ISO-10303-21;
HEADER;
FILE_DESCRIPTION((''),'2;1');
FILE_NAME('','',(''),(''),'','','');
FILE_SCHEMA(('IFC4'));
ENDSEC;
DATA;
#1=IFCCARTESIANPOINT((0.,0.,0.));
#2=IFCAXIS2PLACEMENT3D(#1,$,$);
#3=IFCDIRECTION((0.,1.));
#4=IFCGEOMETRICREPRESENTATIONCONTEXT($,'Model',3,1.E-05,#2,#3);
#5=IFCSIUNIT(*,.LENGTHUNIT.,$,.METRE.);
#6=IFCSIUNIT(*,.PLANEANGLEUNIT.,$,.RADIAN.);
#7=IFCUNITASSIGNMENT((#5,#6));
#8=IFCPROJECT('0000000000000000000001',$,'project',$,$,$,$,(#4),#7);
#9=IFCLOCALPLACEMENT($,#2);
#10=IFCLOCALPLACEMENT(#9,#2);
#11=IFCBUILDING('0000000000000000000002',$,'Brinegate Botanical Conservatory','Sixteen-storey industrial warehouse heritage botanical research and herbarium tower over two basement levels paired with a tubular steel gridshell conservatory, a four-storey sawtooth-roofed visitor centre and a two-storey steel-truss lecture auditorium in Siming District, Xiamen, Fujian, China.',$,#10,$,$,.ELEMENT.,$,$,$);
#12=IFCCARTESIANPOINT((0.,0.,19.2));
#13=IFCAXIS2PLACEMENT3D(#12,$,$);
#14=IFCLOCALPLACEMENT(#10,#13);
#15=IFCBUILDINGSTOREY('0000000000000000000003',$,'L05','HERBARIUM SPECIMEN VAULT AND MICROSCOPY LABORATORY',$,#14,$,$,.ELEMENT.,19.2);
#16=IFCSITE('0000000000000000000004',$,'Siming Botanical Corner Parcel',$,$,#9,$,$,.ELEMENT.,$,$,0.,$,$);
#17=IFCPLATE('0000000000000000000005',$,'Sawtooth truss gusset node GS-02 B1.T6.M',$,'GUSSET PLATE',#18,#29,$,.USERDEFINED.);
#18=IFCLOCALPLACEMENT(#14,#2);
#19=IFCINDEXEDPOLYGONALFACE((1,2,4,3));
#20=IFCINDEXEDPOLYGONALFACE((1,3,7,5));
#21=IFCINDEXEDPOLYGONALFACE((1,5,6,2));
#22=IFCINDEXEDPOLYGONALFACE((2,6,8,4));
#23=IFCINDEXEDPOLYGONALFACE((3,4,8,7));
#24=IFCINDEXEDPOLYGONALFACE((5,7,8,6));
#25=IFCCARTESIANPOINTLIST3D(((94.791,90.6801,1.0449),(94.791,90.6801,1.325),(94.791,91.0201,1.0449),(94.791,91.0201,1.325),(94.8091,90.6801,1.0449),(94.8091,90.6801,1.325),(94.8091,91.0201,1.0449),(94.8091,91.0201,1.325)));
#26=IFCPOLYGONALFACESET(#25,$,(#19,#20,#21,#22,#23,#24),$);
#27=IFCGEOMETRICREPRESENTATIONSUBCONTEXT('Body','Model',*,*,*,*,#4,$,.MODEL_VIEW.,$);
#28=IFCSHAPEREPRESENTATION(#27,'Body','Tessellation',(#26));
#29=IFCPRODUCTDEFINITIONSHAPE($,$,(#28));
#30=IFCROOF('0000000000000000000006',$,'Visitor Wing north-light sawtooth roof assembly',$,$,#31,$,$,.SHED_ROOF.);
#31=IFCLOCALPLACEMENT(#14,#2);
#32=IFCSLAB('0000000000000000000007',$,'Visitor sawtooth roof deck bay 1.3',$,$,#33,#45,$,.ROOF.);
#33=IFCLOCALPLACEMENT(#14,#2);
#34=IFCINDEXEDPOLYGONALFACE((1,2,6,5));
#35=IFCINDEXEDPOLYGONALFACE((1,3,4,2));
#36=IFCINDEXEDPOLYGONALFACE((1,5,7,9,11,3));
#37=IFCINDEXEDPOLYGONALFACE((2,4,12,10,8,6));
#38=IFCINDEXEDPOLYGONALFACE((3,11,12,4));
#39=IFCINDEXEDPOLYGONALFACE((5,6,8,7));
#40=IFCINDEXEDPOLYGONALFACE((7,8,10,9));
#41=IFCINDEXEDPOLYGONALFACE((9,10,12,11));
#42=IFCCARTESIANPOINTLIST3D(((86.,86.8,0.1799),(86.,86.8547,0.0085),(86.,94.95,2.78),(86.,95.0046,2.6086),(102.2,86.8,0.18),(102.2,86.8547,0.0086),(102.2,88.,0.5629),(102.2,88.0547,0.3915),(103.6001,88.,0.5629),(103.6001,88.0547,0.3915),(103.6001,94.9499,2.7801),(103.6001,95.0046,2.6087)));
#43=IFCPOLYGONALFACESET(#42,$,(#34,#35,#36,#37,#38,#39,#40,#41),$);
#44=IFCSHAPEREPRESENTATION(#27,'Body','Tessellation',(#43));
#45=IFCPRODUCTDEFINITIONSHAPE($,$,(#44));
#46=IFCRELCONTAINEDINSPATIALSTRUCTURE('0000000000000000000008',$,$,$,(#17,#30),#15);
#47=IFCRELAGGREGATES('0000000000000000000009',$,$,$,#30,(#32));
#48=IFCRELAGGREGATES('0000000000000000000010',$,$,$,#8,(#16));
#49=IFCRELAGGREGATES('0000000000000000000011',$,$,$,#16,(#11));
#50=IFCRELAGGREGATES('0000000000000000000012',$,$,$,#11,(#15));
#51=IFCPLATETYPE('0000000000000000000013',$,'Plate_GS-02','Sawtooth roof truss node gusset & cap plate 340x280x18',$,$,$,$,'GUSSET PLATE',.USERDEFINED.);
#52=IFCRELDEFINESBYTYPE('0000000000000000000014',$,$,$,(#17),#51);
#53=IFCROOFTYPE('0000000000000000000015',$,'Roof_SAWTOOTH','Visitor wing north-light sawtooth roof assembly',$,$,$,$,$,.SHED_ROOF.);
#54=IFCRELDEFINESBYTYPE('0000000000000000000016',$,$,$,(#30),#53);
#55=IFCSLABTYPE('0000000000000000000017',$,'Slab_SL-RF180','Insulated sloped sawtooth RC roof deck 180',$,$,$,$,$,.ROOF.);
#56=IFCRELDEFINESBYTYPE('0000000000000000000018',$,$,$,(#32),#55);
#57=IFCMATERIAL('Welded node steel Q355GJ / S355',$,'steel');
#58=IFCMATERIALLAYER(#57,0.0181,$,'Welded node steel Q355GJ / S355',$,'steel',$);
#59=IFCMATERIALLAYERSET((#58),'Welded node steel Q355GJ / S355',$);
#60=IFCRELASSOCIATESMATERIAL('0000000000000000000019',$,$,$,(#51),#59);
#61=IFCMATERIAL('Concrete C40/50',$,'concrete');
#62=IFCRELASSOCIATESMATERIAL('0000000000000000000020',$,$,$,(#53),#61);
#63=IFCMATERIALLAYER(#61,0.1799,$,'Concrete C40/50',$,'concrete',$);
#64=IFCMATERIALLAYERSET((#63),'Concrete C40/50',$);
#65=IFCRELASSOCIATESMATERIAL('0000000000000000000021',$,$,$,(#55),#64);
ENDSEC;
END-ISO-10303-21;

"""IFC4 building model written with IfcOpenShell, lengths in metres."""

from ifc_helpers import new_model, si_unit, direction, frame, origin, origin_2d, place, context, subcontext, project, spatial, polyline, rectangle, outline, extrude, material, layer, layer_set, type_object, element, aggregate, save


model = new_model("IFC4")

# Units and contexts
model_context = context("Model", 3, precision=1e-05, world=origin(), true_north=direction((0.0, 1.0)))
body_context = subcontext(model_context, "Body", "Model", "MODEL_VIEW")
ifc_project = project(units=[si_unit("LENGTHUNIT", "METRE"), si_unit("PLANEANGLEUNIT", "RADIAN")], contexts=[model_context])

# Site, building, storey
site_placement = place(None, origin())
site = spatial("IfcSite", under=ifc_project, at=site_placement, Name="Siming Botanical Corner Parcel", CompositionType="ELEMENT", RefElevation=0.0)
building_placement = place(site_placement, origin())
building = spatial("IfcBuilding", under=site, at=building_placement, Name="Brinegate Botanical Conservatory", Description="Sixteen-storey industrial warehouse heritage botanical research and herbarium tower over two basement levels paired with a tubular steel gridshell conservatory, a four-storey sawtooth-roofed visitor centre and a two-storey steel-truss lecture auditorium in Siming District, Xiamen, Fujian, China.", CompositionType="ELEMENT")
storey_placement = place(building_placement, frame((0.0, 0.0, 19.2)))
storey = spatial("IfcBuildingStorey", under=building, at=storey_placement, Name="L05", Description="HERBARIUM SPECIMEN VAULT AND MICROSCOPY LABORATORY", CompositionType="ELEMENT", Elevation=19.2)

# Plate
ifc_material_1 = material(Name="Welded node steel Q355GJ / S355", Category="steel")
ifc_layer_1 = layer(ifc_material_1, 0.0181, Name="Welded node steel Q355GJ / S355", Category="steel")
ifc_layer_set_1 = layer_set([ifc_layer_1], Name="Welded node steel Q355GJ / S355")
plate_type = type_object("IfcPlateType", Name="Plate_GS-02", Description="Sawtooth roof truss node gusset & cap plate 340x280x18", ElementType="GUSSET PLATE", PredefinedType="USERDEFINED", material=ifc_layer_set_1)
for number, where, z_axis, x_axis, name in (
    (1, (94.8, 90.8501, 1.0449), (0.0, 0.0, 1.0), (1.0, 0.0, 0.0), "Sawtooth truss gusset node GS-02 B1.T6.M"),
):
    element("IfcPlate", number, at=place(storey_placement, frame(where, z_axis=z_axis, x_axis=x_axis)), inside=storey, type_object=plate_type, Name=name, ObjectType="GUSSET PLATE", PredefinedType="USERDEFINED", context=body_context, shape_type="SweptSolid", body=[
        extrude(rectangle(XDim=0.0181, YDim=0.3401, at=origin_2d()), origin(), (0.0, 0.0, 1.0), 0.28),
    ])

# Roof, slab
ifc_material_2 = material(Name="Concrete C40/50", Category="concrete")
roof_type = type_object("IfcRoofType", Name="Roof_SAWTOOTH", Description="Visitor wing north-light sawtooth roof assembly", PredefinedType="SHED_ROOF", material=ifc_material_2)
roof_placement = place(storey_placement, origin())
roof = element("IfcRoof", 2, at=roof_placement, inside=storey, type_object=roof_type, Name="Visitor Wing north-light sawtooth roof assembly", PredefinedType="SHED_ROOF")
ifc_layer_2 = layer(ifc_material_2, 0.1799, Name="Concrete C40/50", Category="concrete")
ifc_layer_set_2 = layer_set([ifc_layer_2], Name="Concrete C40/50")
slab_type = type_object("IfcSlabType", Name="Slab_SL-RF180", Description="Insulated sloped sawtooth RC roof deck 180", PredefinedType="ROOF", material=ifc_layer_set_2)
slab_placement = place(storey_placement, frame((86.0, 86.8, 0.1799), z_axis=(-0.000006, -0.303939, 0.952691), x_axis=(1.0, -0.000002, 0.000006)))
slab = element("IfcSlab", 3, at=slab_placement, type_object=slab_type, Name="Visitor sawtooth roof deck bay 1.3", PredefinedType="ROOF", context=body_context, shape_type="SweptSolid", body=[
    extrude(outline(polyline([(0.0, 0.0), (16.2, 0.0), (16.2, 1.2596), (17.6001, 1.2596), (17.6001, 8.5546), (0.0, 8.5546), (0.0, 0.0)])), origin(), (0.0, 0.0, -1.0), 0.1799),
])
aggregate(roof, [slab])

save(model, "model.ifc")
